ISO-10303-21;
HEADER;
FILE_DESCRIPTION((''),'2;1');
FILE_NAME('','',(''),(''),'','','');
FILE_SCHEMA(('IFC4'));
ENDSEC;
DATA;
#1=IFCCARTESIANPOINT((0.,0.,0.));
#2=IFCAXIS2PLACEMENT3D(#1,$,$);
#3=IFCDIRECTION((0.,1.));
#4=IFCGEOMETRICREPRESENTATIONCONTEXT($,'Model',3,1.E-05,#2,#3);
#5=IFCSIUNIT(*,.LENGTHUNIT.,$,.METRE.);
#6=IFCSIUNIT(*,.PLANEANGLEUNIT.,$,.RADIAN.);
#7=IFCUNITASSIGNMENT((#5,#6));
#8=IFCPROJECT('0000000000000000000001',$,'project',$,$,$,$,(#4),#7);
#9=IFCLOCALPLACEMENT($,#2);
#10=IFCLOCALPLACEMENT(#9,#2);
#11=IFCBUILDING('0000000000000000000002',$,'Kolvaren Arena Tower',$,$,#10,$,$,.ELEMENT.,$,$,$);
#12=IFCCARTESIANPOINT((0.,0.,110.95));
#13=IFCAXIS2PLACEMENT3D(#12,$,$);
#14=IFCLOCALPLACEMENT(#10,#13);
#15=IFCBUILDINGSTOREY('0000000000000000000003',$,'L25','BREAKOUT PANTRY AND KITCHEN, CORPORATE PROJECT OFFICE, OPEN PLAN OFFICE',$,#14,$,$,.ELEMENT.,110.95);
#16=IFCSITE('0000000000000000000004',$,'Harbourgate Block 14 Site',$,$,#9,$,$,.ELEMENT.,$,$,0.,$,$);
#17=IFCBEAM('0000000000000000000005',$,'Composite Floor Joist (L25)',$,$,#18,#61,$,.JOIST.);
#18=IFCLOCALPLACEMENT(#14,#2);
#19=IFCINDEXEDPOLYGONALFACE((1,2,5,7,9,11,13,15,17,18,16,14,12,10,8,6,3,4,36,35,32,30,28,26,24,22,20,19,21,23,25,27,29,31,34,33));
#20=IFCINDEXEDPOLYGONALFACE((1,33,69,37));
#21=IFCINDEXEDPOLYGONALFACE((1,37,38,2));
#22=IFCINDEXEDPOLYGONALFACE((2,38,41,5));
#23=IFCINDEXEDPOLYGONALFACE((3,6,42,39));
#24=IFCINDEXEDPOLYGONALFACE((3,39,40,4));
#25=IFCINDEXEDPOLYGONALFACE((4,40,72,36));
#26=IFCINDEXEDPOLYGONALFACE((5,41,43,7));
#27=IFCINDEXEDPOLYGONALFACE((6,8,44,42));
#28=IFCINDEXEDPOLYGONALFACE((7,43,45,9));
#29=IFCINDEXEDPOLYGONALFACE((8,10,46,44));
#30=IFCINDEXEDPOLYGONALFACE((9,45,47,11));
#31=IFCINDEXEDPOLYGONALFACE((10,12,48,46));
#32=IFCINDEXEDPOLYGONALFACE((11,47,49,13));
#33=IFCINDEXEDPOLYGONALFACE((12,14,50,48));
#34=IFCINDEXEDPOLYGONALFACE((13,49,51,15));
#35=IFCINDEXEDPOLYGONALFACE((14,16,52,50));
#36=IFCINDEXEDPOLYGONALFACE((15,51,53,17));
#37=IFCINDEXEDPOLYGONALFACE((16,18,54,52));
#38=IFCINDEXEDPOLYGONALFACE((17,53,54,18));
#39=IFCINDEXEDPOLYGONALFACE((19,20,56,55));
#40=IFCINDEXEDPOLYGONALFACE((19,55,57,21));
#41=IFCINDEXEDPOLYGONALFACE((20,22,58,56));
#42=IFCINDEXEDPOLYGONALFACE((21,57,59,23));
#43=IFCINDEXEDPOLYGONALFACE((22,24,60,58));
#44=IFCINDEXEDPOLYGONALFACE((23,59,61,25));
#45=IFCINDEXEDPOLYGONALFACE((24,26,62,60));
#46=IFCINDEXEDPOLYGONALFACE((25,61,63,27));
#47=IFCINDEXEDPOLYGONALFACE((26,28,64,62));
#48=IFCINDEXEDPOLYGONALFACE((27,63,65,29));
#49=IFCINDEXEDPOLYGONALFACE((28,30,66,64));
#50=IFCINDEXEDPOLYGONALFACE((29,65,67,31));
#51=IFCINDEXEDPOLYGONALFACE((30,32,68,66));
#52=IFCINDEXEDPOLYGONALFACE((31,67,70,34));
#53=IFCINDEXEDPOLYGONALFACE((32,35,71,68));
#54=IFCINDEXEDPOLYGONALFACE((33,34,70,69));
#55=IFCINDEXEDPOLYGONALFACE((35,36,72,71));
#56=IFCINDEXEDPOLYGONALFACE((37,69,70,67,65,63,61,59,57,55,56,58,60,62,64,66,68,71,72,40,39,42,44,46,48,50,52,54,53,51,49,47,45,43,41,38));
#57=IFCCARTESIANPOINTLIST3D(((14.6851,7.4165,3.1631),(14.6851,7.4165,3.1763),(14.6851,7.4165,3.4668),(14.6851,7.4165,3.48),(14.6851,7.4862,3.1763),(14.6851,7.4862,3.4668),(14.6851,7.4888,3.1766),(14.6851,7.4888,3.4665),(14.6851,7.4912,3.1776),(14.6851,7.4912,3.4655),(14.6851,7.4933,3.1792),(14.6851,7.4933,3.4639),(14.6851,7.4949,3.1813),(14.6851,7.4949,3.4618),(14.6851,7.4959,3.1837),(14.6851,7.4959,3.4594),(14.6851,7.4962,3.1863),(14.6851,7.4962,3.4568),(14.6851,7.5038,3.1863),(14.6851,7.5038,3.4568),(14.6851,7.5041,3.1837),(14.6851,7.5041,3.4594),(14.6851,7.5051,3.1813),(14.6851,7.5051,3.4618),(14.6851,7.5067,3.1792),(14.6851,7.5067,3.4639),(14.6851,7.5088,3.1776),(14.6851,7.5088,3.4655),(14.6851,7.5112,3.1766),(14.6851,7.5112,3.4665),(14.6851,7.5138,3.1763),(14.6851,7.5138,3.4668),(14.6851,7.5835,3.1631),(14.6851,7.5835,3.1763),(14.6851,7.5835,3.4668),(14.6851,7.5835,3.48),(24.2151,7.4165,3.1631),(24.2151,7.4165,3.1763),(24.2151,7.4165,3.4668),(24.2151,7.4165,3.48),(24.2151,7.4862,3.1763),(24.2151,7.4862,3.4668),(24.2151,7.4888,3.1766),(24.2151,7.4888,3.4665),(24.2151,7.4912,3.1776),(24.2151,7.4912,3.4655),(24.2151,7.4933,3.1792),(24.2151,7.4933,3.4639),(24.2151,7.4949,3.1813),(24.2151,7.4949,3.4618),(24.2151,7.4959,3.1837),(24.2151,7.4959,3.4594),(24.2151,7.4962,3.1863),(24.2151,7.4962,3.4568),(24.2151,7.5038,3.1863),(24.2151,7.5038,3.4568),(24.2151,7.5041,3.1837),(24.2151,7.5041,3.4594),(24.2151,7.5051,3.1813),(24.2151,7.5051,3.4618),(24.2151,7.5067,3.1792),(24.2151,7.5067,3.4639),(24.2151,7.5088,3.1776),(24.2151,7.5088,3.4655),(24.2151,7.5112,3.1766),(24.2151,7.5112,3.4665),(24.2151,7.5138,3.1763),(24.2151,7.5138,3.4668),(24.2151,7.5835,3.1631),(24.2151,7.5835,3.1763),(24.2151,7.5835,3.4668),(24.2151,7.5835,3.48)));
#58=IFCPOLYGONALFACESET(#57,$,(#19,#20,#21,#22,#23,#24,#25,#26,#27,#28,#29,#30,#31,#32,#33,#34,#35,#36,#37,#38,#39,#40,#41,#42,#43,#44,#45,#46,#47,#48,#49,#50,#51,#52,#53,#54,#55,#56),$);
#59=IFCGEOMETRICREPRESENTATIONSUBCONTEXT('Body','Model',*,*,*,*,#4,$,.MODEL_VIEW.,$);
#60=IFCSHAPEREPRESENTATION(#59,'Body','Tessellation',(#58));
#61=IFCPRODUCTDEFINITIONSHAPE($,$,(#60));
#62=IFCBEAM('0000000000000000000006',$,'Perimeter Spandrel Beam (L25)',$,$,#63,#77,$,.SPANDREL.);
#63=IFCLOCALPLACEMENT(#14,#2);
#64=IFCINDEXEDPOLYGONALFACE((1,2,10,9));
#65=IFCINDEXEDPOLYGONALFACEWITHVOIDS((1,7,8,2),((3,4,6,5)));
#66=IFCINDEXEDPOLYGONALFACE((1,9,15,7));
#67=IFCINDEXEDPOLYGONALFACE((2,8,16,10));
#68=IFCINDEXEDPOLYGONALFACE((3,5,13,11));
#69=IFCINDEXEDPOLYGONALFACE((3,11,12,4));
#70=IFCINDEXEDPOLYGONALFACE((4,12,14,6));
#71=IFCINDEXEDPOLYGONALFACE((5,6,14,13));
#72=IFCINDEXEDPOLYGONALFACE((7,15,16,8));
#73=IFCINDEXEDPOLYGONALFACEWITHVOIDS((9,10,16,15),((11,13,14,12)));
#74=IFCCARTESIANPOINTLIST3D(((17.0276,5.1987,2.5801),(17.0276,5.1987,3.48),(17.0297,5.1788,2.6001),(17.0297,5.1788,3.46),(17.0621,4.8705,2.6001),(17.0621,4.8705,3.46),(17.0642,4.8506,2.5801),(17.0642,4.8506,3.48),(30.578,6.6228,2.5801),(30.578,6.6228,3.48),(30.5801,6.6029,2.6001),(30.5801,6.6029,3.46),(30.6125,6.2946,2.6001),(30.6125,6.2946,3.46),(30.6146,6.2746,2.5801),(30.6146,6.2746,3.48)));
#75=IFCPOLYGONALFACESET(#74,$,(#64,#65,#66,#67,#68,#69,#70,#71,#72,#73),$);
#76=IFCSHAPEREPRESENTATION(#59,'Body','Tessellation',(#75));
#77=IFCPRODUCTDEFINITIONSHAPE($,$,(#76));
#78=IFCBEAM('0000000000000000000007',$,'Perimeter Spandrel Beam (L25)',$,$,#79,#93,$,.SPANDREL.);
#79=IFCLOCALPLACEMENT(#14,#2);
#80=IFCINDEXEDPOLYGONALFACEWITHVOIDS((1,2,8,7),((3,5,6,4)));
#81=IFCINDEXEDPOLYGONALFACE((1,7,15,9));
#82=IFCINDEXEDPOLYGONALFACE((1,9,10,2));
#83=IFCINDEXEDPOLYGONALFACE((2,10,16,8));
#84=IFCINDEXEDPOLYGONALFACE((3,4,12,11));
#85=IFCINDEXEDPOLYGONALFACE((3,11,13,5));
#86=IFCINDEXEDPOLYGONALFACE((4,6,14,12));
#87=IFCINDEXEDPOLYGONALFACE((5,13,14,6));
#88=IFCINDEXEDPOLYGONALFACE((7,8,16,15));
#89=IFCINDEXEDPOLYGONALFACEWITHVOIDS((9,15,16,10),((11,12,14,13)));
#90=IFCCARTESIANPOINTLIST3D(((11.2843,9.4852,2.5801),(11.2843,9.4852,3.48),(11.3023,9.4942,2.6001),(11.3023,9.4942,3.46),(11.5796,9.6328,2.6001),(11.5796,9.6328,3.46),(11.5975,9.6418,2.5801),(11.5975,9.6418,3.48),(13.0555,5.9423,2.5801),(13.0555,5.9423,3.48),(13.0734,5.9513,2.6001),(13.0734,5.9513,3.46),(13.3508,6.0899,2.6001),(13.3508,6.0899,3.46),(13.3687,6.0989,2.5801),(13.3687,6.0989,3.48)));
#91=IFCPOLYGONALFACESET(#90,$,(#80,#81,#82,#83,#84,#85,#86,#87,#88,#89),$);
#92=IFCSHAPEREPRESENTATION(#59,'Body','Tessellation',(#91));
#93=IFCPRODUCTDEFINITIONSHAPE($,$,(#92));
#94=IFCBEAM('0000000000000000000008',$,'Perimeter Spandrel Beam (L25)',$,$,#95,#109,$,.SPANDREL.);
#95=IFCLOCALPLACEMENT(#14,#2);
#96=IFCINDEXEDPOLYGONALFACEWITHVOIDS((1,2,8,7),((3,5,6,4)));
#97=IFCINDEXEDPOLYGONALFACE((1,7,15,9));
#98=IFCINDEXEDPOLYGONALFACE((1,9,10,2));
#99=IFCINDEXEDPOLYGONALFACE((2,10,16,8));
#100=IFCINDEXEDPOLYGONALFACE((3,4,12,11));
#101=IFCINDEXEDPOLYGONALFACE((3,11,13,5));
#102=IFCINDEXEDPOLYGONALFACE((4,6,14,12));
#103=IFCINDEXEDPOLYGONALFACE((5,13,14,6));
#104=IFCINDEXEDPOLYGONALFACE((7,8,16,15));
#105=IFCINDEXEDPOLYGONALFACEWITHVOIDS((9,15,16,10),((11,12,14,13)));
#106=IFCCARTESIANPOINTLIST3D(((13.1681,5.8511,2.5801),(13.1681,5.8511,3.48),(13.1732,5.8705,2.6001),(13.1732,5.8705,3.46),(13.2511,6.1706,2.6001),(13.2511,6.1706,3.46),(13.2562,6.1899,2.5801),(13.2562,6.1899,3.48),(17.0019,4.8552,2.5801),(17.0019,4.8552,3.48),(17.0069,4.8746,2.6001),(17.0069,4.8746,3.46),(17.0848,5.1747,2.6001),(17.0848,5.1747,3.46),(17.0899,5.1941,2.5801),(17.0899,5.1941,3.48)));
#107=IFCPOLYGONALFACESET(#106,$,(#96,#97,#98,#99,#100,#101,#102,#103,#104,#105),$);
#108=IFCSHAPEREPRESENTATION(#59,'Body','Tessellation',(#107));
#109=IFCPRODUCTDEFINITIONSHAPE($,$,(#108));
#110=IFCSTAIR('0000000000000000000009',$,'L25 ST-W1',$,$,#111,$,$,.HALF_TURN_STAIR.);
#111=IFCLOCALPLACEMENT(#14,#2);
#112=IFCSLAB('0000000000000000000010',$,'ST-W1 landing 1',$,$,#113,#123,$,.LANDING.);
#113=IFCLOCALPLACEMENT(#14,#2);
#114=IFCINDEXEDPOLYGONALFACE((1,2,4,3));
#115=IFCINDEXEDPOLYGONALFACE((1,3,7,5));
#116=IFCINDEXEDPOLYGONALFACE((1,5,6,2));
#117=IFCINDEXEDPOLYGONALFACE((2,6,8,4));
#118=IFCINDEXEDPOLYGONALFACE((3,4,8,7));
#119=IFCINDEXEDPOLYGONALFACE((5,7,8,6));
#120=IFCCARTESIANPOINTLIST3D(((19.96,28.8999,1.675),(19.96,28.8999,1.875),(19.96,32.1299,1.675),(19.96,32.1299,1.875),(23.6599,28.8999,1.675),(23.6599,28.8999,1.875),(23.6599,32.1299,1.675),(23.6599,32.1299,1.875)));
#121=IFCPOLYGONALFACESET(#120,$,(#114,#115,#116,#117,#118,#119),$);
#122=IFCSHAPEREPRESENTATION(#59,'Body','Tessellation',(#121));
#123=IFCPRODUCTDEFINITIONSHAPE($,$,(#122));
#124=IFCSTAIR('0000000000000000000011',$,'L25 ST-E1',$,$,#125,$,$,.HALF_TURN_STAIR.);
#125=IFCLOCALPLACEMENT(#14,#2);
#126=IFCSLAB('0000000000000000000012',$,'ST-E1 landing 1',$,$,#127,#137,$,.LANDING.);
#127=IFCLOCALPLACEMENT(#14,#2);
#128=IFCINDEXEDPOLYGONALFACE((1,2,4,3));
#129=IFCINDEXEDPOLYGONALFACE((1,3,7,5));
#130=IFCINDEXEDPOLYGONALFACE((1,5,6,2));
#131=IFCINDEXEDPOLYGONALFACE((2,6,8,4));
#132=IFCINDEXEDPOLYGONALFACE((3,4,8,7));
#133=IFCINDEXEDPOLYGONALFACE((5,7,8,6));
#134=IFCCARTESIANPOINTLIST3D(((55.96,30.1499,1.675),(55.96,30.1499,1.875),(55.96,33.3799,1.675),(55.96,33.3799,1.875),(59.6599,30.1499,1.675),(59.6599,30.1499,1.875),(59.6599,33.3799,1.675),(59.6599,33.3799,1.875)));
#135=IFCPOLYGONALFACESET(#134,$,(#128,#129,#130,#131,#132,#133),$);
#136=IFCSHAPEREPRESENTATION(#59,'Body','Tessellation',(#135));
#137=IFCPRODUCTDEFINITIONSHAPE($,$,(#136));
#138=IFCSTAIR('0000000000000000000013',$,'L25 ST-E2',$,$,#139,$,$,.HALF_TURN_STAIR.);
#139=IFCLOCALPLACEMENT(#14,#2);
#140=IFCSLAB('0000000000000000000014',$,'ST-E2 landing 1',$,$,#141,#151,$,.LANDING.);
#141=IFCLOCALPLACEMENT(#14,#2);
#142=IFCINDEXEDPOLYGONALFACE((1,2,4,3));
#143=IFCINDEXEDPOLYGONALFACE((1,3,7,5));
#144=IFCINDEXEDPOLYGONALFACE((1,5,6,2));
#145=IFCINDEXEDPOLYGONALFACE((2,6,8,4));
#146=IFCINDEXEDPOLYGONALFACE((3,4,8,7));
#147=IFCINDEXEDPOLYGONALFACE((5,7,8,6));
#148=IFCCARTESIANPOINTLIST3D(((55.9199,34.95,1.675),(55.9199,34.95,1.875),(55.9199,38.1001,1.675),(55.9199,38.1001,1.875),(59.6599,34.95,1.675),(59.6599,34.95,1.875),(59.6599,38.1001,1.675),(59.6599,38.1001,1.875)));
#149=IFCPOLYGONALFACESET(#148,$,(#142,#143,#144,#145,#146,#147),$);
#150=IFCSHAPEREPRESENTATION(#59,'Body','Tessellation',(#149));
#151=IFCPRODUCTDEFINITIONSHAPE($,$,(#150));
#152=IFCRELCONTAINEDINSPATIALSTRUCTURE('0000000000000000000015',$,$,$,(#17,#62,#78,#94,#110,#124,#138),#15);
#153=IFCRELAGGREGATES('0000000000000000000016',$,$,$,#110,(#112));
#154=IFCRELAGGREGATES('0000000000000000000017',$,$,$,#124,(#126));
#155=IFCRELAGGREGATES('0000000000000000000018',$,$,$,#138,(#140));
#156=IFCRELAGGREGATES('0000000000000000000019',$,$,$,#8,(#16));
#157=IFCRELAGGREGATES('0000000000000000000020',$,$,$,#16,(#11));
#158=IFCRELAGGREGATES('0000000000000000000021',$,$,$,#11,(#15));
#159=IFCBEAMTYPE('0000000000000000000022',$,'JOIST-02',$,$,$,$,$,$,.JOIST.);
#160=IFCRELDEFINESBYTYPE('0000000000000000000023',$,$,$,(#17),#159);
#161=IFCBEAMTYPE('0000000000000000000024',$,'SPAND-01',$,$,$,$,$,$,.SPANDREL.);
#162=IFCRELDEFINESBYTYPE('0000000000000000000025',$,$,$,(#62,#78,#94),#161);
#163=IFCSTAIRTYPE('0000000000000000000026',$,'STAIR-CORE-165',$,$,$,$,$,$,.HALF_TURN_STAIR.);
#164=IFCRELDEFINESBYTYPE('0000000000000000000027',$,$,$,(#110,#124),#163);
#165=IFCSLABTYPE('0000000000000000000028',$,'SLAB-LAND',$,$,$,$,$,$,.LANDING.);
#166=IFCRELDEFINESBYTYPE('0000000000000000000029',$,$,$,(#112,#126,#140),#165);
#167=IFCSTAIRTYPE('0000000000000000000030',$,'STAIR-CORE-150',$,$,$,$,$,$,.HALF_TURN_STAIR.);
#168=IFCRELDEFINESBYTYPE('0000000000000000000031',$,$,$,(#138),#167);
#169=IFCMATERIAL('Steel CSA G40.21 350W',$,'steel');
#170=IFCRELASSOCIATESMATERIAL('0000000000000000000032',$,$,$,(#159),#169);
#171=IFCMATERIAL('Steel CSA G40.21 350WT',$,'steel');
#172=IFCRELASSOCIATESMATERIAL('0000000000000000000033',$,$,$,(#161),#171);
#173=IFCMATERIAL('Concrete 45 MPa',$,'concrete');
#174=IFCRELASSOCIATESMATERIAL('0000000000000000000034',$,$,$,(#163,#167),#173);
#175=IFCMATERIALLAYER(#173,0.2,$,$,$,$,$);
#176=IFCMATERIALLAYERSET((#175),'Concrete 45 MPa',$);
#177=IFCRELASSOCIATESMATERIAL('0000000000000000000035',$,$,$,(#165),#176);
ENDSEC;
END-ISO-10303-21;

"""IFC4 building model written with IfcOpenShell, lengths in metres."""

from ifc_helpers import new_model, si_unit, direction, frame, origin, origin_2d, place, context, subcontext, project, spatial, polyline, hollow_rectangle, i_section, outline, extrude, material, layer, layer_set, material_profile, profile_set, type_object, element, aggregate, save


model = new_model("IFC4")

# Units and contexts
model_context = context("Model", 3, precision=1e-05, world=origin(), true_north=direction((0.0, 1.0)))
body_context = subcontext(model_context, "Body", "Model", "MODEL_VIEW")
ifc_project = project(units=[si_unit("LENGTHUNIT", "METRE"), si_unit("PLANEANGLEUNIT", "RADIAN")], contexts=[model_context])

# Site, building, storey
site_placement = place(None, origin())
site = spatial("IfcSite", under=ifc_project, at=site_placement, Name="Harbourgate Block 14 Site", CompositionType="ELEMENT", RefElevation=0.0)
building_placement = place(site_placement, origin())
building = spatial("IfcBuilding", under=site, at=building_placement, Name="Kolvaren Arena Tower", CompositionType="ELEMENT")
storey_placement = place(building_placement, frame((0.0, 0.0, 110.95)))
storey = spatial("IfcBuildingStorey", under=building, at=storey_placement, Name="L25", Description="BREAKOUT PANTRY AND KITCHEN, CORPORATE PROJECT OFFICE, OPEN PLAN OFFICE", CompositionType="ELEMENT", Elevation=110.95)

# Beams
ifc_material_1 = material(Name="Steel CSA G40.21 350W", Category="steel")
ifc_material_profile_1 = material_profile(ifc_material_1, i_section(OverallWidth=0.167, OverallDepth=0.3169, WebThickness=0.0076, FlangeThickness=0.0132, FilletRadius=0.01, at=origin_2d()), Name="W310x52")
ifc_profile_set_1 = profile_set([ifc_material_profile_1], Name="Steel CSA G40.21 350W")
beam_type_1 = type_object("IfcBeamType", Name="JOIST-02", PredefinedType="JOIST", material=ifc_profile_set_1)
beam_1_placement = place(storey_placement, frame((14.6851, 7.5, 3.3215), z_axis=(1.0, 0.0, 0.0), x_axis=(0.0, 1.0, 0.0)))
element("IfcBeam", 1, at=beam_1_placement, inside=storey, type_object=beam_type_1, Name="Composite Floor Joist (L25)", PredefinedType="JOIST", context=body_context, shape_type="SweptSolid", body=[
    extrude(i_section(OverallWidth=0.167, OverallDepth=0.3169, WebThickness=0.0076, FlangeThickness=0.0132, FilletRadius=0.01, at=origin_2d()), origin(), (0.0, 0.0, 1.0), 9.53),
])
ifc_material_2 = material(Name="Steel CSA G40.21 350WT", Category="steel")
ifc_material_profile_2 = material_profile(ifc_material_2, hollow_rectangle(XDim=0.3501, YDim=0.8999, WallThickness=0.02, at=origin_2d()), Name="HSS 900x350x20")
ifc_profile_set_2 = profile_set([ifc_material_profile_2], Name="Steel CSA G40.21 350WT")
beam_type_2 = type_object("IfcBeamType", Name="SPAND-01", PredefinedType="SPANDREL", material=ifc_profile_set_2)
beam_2_placement = place(storey_placement, frame((17.0459, 5.0247, 3.03), z_axis=(0.994523, 0.10452, 0.0), x_axis=(-0.10452, 0.994523, 0.0)))
element("IfcBeam", 2, at=beam_2_placement, inside=storey, type_object=beam_type_2, Name="Perimeter Spandrel Beam (L25)", PredefinedType="SPANDREL", context=body_context, shape_type="SweptSolid", body=[
    extrude(hollow_rectangle(XDim=0.3501, YDim=0.8999, WallThickness=0.02, at=origin_2d()), origin(), (0.0, 0.0, 1.0), 13.625),
])
for number, where, z_axis, x_axis, name in (
    (3, (11.4409, 9.5635, 3.03), (0.447164, -0.894452, 0.0), (0.894452, 0.447164, 0.0), "Perimeter Spandrel Beam (L25)"),
    (4, (13.2122, 6.0205, 3.03), (0.967879, -0.251416, 0.0), (0.251416, 0.967879, 0.0), "Perimeter Spandrel Beam (L25)"),
):
    element("IfcBeam", number, at=place(storey_placement, frame(where, z_axis=z_axis, x_axis=x_axis)), inside=storey, type_object=beam_type_2, Name=name, PredefinedType="SPANDREL", context=body_context, shape_type="SweptSolid", body=[
        extrude(hollow_rectangle(XDim=0.3501, YDim=0.8999, WallThickness=0.02, at=origin_2d()), origin(), (0.0, 0.0, 1.0), 3.9609),
    ])

# Stairs, slabs
ifc_material_3 = material(Name="Concrete 45 MPa", Category="concrete")
stair_type_1 = type_object("IfcStairType", Name="STAIR-CORE-165", PredefinedType="HALF_TURN_STAIR", material=ifc_material_3)
stair_1_placement = place(storey_placement, origin())
stair_1 = element("IfcStair", 5, at=stair_1_placement, inside=storey, type_object=stair_type_1, Name="L25 ST-W1", PredefinedType="HALF_TURN_STAIR")
ifc_layer_1 = layer(ifc_material_3, 0.2)
ifc_layer_set_1 = layer_set([ifc_layer_1], Name="Concrete 45 MPa")
slab_type_1 = type_object("IfcSlabType", Name="SLAB-LAND", PredefinedType="LANDING", material=ifc_layer_set_1)
slab_1_placement = place(storey_placement, frame((0.0, 0.0, 1.675)))
slab_1 = element("IfcSlab", 6, at=slab_1_placement, type_object=slab_type_1, Name="ST-W1 landing 1", PredefinedType="LANDING", context=body_context, shape_type="SweptSolid", body=[
    extrude(outline(polyline([(19.96, 28.8999), (23.6599, 28.8999), (23.6599, 32.1299), (19.96, 32.1299), (19.96, 28.8999)])), origin(), (0.0, 0.0, 1.0), 0.2),
])
aggregate(stair_1, [slab_1])
stair_2_placement = place(storey_placement, origin())
stair_2 = element("IfcStair", 7, at=stair_2_placement, inside=storey, type_object=stair_type_1, Name="L25 ST-E1", PredefinedType="HALF_TURN_STAIR")
slab_2_placement = place(storey_placement, frame((0.0, 0.0, 1.675)))
slab_2 = element("IfcSlab", 8, at=slab_2_placement, type_object=slab_type_1, Name="ST-E1 landing 1", PredefinedType="LANDING", context=body_context, shape_type="SweptSolid", body=[
    extrude(outline(polyline([(55.96, 30.1499), (59.6599, 30.1499), (59.6599, 33.3799), (55.96, 33.3799), (55.96, 30.1499)])), origin(), (0.0, 0.0, 1.0), 0.2),
])
aggregate(stair_2, [slab_2])
stair_type_2 = type_object("IfcStairType", Name="STAIR-CORE-150", PredefinedType="HALF_TURN_STAIR", material=ifc_material_3)
stair_3_placement = place(storey_placement, origin())
stair_3 = element("IfcStair", 9, at=stair_3_placement, inside=storey, type_object=stair_type_2, Name="L25 ST-E2", PredefinedType="HALF_TURN_STAIR")
slab_3_placement = place(storey_placement, frame((0.0, 0.0, 1.675)))
slab_3 = element("IfcSlab", 10, at=slab_3_placement, type_object=slab_type_1, Name="ST-E2 landing 1", PredefinedType="LANDING", context=body_context, shape_type="SweptSolid", body=[
    extrude(outline(polyline([(55.9199, 34.95), (59.6599, 34.95), (59.6599, 38.1001), (55.9199, 38.1001), (55.9199, 34.95)])), origin(), (0.0, 0.0, 1.0), 0.2),
])
aggregate(stair_3, [slab_3])

save(model, "model.ifc")
